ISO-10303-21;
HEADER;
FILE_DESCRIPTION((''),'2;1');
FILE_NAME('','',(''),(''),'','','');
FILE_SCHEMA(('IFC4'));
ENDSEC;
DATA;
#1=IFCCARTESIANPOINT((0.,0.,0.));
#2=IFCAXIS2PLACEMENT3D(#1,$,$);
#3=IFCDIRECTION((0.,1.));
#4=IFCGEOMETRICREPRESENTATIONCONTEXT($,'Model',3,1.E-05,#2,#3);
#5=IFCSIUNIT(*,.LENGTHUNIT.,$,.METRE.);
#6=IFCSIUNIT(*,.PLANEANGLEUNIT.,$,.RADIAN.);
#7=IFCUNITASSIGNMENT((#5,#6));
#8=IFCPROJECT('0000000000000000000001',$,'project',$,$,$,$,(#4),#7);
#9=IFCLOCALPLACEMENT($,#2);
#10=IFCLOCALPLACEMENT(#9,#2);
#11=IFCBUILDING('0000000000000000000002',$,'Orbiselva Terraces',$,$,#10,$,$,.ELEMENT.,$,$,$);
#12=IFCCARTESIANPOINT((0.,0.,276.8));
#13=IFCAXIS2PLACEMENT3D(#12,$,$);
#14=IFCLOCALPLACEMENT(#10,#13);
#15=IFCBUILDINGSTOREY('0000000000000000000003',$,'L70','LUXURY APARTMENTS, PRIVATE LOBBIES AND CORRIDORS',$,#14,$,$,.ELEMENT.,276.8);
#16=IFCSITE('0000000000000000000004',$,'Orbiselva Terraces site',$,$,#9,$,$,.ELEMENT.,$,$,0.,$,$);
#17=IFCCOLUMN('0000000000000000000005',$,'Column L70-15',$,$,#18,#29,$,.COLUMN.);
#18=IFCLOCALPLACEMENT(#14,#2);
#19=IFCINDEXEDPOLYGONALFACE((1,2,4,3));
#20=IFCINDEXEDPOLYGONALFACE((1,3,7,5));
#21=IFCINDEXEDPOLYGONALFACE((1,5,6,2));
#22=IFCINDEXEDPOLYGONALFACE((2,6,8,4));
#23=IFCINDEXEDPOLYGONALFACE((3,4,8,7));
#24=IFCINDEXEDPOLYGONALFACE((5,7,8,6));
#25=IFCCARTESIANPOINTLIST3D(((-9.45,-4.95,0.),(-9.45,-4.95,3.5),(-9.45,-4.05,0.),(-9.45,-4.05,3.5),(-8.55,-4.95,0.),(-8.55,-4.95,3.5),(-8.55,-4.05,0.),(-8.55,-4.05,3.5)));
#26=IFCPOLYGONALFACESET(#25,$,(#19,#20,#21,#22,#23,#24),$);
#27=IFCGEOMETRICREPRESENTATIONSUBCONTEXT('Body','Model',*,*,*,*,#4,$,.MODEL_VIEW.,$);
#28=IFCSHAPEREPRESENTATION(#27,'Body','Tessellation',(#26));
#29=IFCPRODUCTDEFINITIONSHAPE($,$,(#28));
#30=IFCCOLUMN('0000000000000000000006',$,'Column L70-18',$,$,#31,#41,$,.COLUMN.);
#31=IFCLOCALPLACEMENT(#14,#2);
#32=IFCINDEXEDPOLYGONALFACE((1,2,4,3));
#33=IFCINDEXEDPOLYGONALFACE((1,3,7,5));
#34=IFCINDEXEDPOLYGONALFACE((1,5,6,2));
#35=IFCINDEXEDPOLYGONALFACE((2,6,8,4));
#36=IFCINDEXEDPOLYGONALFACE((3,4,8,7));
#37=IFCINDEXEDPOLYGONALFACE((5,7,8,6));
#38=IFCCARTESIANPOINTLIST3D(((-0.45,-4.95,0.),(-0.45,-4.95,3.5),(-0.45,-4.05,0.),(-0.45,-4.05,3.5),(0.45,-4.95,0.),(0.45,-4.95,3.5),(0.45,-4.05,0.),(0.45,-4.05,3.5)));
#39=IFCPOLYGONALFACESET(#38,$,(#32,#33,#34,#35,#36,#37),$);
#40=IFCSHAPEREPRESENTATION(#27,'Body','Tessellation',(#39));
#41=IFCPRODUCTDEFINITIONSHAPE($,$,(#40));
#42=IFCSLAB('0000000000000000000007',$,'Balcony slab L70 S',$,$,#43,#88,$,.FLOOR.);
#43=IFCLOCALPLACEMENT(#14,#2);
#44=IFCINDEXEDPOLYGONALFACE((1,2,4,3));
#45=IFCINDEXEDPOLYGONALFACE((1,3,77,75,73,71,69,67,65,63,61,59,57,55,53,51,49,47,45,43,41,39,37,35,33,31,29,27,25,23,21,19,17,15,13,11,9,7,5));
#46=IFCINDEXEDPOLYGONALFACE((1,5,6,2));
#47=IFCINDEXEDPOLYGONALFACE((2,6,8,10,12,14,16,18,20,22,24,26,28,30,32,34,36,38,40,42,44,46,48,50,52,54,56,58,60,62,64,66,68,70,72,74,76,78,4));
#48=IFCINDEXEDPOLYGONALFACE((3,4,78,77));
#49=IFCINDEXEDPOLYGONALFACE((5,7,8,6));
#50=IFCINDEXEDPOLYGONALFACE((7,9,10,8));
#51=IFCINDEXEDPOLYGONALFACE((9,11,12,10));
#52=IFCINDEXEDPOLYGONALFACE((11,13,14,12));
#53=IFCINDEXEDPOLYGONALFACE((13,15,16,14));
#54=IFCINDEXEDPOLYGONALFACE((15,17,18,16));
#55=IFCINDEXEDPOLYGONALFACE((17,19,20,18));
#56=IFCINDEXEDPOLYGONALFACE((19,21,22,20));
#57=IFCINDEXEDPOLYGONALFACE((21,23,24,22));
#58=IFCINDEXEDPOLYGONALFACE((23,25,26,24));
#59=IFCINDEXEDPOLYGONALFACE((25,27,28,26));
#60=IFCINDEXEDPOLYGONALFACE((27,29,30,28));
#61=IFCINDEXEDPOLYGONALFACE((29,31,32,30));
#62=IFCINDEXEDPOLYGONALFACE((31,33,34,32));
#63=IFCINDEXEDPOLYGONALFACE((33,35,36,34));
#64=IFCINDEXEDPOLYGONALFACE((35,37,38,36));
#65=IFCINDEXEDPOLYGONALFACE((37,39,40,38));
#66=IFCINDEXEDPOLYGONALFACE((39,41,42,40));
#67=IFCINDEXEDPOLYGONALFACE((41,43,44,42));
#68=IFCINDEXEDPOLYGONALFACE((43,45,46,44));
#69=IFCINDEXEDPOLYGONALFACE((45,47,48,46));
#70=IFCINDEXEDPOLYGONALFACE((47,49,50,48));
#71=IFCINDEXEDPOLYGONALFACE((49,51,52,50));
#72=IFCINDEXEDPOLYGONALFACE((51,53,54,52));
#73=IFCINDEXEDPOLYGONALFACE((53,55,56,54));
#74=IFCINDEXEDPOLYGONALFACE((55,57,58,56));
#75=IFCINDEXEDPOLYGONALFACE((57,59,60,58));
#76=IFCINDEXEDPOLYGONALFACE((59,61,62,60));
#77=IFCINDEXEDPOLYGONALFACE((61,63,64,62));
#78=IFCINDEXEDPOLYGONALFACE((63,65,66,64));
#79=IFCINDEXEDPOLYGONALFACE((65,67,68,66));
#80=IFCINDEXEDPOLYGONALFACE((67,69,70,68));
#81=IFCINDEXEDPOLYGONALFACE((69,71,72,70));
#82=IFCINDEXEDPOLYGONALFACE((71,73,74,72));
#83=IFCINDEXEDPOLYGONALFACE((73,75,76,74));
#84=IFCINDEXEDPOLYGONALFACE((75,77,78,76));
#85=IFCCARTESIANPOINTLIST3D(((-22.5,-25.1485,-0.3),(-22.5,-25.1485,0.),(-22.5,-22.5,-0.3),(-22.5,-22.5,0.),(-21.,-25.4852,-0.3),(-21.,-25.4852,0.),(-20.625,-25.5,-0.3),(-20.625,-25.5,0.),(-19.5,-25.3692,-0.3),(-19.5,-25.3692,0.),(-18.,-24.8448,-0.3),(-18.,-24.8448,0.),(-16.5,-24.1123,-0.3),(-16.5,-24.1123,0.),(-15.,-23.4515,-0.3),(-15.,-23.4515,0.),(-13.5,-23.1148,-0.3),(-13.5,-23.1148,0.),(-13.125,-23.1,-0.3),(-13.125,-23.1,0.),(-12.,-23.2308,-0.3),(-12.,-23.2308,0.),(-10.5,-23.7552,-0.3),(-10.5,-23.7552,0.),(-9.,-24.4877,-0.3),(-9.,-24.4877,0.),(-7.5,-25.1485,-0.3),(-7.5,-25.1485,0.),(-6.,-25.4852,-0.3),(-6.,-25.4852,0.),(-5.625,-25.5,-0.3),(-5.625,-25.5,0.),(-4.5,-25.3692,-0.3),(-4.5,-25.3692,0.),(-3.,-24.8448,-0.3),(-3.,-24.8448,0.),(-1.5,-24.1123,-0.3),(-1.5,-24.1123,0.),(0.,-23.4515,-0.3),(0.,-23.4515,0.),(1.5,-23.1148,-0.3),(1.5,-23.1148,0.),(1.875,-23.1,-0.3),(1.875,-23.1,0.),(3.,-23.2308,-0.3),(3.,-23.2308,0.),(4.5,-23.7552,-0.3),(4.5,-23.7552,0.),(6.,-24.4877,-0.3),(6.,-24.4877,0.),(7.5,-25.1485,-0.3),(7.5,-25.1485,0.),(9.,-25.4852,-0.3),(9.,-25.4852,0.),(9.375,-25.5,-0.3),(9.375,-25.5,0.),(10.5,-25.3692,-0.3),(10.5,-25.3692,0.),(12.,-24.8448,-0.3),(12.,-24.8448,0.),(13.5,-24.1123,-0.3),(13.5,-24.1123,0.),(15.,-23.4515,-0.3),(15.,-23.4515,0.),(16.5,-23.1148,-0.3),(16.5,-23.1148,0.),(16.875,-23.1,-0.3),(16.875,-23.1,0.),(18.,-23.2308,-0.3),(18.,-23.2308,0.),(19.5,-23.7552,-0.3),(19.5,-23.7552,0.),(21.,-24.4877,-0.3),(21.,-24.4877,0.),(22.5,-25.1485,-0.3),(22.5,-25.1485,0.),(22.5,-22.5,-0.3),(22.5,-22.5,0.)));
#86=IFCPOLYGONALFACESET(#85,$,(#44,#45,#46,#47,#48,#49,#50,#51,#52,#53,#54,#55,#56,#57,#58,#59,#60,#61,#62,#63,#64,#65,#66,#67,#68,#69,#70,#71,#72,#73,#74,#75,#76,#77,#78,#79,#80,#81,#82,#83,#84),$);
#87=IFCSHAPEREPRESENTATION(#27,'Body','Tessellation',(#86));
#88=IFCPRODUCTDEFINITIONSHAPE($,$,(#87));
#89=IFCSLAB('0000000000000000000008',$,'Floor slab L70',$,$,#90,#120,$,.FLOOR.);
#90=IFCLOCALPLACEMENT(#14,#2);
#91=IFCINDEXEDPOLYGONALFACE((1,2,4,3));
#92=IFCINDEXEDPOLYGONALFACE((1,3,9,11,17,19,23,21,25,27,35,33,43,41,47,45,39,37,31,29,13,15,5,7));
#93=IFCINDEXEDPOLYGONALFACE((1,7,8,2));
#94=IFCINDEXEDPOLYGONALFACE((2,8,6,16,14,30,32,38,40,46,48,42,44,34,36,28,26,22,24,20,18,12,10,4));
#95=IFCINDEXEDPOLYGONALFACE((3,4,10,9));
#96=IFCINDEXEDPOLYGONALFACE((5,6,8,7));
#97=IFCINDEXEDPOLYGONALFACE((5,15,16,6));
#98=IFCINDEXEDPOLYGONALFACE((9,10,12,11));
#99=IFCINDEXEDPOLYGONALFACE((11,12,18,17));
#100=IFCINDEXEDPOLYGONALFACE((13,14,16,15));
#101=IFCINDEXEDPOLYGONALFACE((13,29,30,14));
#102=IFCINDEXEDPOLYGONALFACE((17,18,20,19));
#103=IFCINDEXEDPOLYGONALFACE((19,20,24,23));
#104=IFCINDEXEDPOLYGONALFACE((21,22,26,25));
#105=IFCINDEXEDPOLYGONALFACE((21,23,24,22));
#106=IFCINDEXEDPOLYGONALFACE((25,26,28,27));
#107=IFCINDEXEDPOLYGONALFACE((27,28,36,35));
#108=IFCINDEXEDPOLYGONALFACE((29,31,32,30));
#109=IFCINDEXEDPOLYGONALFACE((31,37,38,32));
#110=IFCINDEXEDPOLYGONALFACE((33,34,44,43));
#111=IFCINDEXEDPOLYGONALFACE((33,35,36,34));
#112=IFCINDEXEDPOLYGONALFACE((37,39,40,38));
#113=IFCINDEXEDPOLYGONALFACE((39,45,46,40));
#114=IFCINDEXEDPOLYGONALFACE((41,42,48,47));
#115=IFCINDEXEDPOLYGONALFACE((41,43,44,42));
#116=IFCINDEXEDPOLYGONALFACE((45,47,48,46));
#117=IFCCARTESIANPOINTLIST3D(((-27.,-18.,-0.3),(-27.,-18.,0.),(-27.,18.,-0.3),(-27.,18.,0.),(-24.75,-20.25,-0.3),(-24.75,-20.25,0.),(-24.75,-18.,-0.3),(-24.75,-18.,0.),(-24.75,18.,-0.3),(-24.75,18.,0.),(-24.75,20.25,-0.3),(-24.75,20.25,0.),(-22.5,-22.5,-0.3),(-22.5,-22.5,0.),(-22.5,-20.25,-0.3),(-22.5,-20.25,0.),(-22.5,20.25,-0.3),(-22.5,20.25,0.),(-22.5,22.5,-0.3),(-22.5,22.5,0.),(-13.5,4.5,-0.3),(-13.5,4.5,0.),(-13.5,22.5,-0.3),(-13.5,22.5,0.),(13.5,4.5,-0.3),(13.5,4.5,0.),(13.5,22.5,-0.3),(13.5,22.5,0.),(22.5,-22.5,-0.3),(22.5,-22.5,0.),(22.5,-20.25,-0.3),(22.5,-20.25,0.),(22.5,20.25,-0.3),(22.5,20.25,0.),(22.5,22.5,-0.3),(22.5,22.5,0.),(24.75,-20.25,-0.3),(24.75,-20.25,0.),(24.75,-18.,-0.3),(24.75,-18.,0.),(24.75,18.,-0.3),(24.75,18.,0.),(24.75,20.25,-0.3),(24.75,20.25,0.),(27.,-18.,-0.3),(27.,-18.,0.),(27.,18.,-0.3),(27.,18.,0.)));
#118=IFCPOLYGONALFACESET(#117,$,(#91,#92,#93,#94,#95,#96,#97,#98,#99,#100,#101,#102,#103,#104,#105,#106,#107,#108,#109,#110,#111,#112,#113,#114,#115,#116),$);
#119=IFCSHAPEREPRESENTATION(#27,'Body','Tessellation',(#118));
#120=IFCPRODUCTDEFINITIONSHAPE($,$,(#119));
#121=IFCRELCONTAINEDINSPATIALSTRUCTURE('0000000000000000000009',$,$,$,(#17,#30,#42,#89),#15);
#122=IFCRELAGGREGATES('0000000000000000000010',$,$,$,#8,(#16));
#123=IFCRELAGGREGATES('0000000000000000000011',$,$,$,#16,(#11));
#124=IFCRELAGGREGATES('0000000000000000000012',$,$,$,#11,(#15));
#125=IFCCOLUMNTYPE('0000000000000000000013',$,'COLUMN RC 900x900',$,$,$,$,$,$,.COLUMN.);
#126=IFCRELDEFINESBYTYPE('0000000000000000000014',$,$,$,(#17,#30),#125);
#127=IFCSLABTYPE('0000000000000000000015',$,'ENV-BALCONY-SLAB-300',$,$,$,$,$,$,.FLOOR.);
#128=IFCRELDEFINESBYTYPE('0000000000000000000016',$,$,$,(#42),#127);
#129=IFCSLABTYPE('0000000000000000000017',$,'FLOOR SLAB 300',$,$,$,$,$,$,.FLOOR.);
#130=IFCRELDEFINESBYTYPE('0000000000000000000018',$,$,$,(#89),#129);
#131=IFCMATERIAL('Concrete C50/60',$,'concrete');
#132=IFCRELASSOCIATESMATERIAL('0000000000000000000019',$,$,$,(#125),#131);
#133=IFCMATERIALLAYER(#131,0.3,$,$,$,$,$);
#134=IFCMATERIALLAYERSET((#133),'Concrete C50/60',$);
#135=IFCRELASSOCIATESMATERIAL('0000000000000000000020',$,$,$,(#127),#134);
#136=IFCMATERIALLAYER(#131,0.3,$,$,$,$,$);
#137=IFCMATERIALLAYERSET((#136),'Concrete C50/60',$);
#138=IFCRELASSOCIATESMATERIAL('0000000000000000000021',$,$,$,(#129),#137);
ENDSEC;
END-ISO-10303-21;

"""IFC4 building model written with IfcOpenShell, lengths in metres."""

from ifc_helpers import new_model, si_unit, direction, frame, origin, origin_2d, place, context, subcontext, project, spatial, polyline, rectangle, outline, extrude, material, layer, layer_set, material_profile, profile_set, type_object, element, save


model = new_model("IFC4")

# Units and contexts
model_context = context("Model", 3, precision=1e-05, world=origin(), true_north=direction((0.0, 1.0)))
body_context = subcontext(model_context, "Body", "Model", "MODEL_VIEW")
ifc_project = project(units=[si_unit("LENGTHUNIT", "METRE"), si_unit("PLANEANGLEUNIT", "RADIAN")], contexts=[model_context])

# Site, building, storey
site_placement = place(None, origin())
site = spatial("IfcSite", under=ifc_project, at=site_placement, Name="Orbiselva Terraces site", CompositionType="ELEMENT", RefElevation=0.0)
building_placement = place(site_placement, origin())
building = spatial("IfcBuilding", under=site, at=building_placement, Name="Orbiselva Terraces", CompositionType="ELEMENT")
storey_placement = place(building_placement, frame((0.0, 0.0, 276.8)))
storey = spatial("IfcBuildingStorey", under=building, at=storey_placement, Name="L70", Description="LUXURY APARTMENTS, PRIVATE LOBBIES AND CORRIDORS", CompositionType="ELEMENT", Elevation=276.8)

# Columns
ifc_material_1 = material(Name="Concrete C50/60", Category="concrete")
ifc_material_profile = material_profile(ifc_material_1, rectangle(XDim=0.9, YDim=0.9, at=origin_2d()), Name="RC 900x900")
ifc_profile_set = profile_set([ifc_material_profile], Name="Concrete C50/60")
column_type = type_object("IfcColumnType", Name="COLUMN RC 900x900", PredefinedType="COLUMN", material=ifc_profile_set)
for number, where, z_axis, x_axis, name in (
    (1, (-9.0, -4.5, 0.0), (0.0, 0.0, 1.0), (1.0, 0.0, 0.0), "Column L70-15"),
    (2, (0.0, -4.5, 0.0), (0.0, 0.0, 1.0), (1.0, 0.0, 0.0), "Column L70-18"),
):
    element("IfcColumn", number, at=place(storey_placement, frame(where, z_axis=z_axis, x_axis=x_axis)), inside=storey, type_object=column_type, Name=name, PredefinedType="COLUMN", context=body_context, shape_type="SweptSolid", body=[
        extrude(rectangle(XDim=0.9, YDim=0.9, at=origin_2d()), origin(), (0.0, 0.0, 1.0), 3.5),
    ])

# Slabs
ifc_layer_1 = layer(ifc_material_1, 0.3)
ifc_layer_set_1 = layer_set([ifc_layer_1], Name="Concrete C50/60")
slab_type_1 = type_object("IfcSlabType", Name="ENV-BALCONY-SLAB-300", PredefinedType="FLOOR", material=ifc_layer_set_1)
slab_1_placement = place(storey_placement, frame((0.0, 0.0, -0.3)))
element("IfcSlab", 3, at=slab_1_placement, inside=storey, type_object=slab_type_1, Name="Balcony slab L70 S", PredefinedType="FLOOR", context=body_context, shape_type="SweptSolid", body=[
    extrude(outline(polyline([(-22.5, -25.1485), (-21.0, -25.4852), (-20.625, -25.5), (-19.5, -25.3692), (-18.0, -24.8448), (-16.5, -24.1123), (-15.0, -23.4515), (-13.5, -23.1148), (-13.125, -23.1), (-12.0, -23.2308), (-10.5, -23.7552), (-9.0, -24.4877), (-7.5, -25.1485), (-6.0, -25.4852), (-5.625, -25.5), (-4.5, -25.3692), (-3.0, -24.8448), (-1.5, -24.1123), (0.0, -23.4515), (1.5, -23.1148), (1.875, -23.1), (3.0, -23.2308), (4.5, -23.7552), (6.0, -24.4877), (7.5, -25.1485), (9.0, -25.4852), (9.375, -25.5), (10.5, -25.3692), (12.0, -24.8448), (13.5, -24.1123), (15.0, -23.4515), (16.5, -23.1148), (16.875, -23.1), (18.0, -23.2308), (19.5, -23.7552), (21.0, -24.4877), (22.5, -25.1485), (22.5, -22.5), (-22.5, -22.5), (-22.5, -25.1485)])), origin(), (0.0, 0.0, 1.0), 0.3),
])
ifc_layer_2 = layer(ifc_material_1, 0.3)
ifc_layer_set_2 = layer_set([ifc_layer_2], Name="Concrete C50/60")
slab_type_2 = type_object("IfcSlabType", Name="FLOOR SLAB 300", PredefinedType="FLOOR", material=ifc_layer_set_2)
slab_2_placement = place(storey_placement, frame((0.0, 0.0, -0.3)))
element("IfcSlab", 4, at=slab_2_placement, inside=storey, type_object=slab_type_2, Name="Floor slab L70", PredefinedType="FLOOR", context=body_context, shape_type="SweptSolid", body=[
    extrude(outline(polyline([(22.5, 22.5), (22.5, 20.25), (24.75, 20.25), (24.75, 18.0), (27.0, 18.0), (27.0, -18.0), (24.75, -18.0), (24.75, -20.25), (22.5, -20.25), (22.5, -22.5), (-22.5, -22.5), (-22.5, -20.25), (-24.75, -20.25), (-24.75, -18.0), (-27.0, -18.0), (-27.0, 18.0), (-24.75, 18.0), (-24.75, 20.25), (-22.5, 20.25), (-22.5, 22.5), (-13.5, 22.5), (-13.5, 4.5), (13.5, 4.5), (13.5, 22.5), (22.5, 22.5)])), origin(), (0.0, 0.0, 1.0), 0.3),
])

save(model, "model.ifc")
